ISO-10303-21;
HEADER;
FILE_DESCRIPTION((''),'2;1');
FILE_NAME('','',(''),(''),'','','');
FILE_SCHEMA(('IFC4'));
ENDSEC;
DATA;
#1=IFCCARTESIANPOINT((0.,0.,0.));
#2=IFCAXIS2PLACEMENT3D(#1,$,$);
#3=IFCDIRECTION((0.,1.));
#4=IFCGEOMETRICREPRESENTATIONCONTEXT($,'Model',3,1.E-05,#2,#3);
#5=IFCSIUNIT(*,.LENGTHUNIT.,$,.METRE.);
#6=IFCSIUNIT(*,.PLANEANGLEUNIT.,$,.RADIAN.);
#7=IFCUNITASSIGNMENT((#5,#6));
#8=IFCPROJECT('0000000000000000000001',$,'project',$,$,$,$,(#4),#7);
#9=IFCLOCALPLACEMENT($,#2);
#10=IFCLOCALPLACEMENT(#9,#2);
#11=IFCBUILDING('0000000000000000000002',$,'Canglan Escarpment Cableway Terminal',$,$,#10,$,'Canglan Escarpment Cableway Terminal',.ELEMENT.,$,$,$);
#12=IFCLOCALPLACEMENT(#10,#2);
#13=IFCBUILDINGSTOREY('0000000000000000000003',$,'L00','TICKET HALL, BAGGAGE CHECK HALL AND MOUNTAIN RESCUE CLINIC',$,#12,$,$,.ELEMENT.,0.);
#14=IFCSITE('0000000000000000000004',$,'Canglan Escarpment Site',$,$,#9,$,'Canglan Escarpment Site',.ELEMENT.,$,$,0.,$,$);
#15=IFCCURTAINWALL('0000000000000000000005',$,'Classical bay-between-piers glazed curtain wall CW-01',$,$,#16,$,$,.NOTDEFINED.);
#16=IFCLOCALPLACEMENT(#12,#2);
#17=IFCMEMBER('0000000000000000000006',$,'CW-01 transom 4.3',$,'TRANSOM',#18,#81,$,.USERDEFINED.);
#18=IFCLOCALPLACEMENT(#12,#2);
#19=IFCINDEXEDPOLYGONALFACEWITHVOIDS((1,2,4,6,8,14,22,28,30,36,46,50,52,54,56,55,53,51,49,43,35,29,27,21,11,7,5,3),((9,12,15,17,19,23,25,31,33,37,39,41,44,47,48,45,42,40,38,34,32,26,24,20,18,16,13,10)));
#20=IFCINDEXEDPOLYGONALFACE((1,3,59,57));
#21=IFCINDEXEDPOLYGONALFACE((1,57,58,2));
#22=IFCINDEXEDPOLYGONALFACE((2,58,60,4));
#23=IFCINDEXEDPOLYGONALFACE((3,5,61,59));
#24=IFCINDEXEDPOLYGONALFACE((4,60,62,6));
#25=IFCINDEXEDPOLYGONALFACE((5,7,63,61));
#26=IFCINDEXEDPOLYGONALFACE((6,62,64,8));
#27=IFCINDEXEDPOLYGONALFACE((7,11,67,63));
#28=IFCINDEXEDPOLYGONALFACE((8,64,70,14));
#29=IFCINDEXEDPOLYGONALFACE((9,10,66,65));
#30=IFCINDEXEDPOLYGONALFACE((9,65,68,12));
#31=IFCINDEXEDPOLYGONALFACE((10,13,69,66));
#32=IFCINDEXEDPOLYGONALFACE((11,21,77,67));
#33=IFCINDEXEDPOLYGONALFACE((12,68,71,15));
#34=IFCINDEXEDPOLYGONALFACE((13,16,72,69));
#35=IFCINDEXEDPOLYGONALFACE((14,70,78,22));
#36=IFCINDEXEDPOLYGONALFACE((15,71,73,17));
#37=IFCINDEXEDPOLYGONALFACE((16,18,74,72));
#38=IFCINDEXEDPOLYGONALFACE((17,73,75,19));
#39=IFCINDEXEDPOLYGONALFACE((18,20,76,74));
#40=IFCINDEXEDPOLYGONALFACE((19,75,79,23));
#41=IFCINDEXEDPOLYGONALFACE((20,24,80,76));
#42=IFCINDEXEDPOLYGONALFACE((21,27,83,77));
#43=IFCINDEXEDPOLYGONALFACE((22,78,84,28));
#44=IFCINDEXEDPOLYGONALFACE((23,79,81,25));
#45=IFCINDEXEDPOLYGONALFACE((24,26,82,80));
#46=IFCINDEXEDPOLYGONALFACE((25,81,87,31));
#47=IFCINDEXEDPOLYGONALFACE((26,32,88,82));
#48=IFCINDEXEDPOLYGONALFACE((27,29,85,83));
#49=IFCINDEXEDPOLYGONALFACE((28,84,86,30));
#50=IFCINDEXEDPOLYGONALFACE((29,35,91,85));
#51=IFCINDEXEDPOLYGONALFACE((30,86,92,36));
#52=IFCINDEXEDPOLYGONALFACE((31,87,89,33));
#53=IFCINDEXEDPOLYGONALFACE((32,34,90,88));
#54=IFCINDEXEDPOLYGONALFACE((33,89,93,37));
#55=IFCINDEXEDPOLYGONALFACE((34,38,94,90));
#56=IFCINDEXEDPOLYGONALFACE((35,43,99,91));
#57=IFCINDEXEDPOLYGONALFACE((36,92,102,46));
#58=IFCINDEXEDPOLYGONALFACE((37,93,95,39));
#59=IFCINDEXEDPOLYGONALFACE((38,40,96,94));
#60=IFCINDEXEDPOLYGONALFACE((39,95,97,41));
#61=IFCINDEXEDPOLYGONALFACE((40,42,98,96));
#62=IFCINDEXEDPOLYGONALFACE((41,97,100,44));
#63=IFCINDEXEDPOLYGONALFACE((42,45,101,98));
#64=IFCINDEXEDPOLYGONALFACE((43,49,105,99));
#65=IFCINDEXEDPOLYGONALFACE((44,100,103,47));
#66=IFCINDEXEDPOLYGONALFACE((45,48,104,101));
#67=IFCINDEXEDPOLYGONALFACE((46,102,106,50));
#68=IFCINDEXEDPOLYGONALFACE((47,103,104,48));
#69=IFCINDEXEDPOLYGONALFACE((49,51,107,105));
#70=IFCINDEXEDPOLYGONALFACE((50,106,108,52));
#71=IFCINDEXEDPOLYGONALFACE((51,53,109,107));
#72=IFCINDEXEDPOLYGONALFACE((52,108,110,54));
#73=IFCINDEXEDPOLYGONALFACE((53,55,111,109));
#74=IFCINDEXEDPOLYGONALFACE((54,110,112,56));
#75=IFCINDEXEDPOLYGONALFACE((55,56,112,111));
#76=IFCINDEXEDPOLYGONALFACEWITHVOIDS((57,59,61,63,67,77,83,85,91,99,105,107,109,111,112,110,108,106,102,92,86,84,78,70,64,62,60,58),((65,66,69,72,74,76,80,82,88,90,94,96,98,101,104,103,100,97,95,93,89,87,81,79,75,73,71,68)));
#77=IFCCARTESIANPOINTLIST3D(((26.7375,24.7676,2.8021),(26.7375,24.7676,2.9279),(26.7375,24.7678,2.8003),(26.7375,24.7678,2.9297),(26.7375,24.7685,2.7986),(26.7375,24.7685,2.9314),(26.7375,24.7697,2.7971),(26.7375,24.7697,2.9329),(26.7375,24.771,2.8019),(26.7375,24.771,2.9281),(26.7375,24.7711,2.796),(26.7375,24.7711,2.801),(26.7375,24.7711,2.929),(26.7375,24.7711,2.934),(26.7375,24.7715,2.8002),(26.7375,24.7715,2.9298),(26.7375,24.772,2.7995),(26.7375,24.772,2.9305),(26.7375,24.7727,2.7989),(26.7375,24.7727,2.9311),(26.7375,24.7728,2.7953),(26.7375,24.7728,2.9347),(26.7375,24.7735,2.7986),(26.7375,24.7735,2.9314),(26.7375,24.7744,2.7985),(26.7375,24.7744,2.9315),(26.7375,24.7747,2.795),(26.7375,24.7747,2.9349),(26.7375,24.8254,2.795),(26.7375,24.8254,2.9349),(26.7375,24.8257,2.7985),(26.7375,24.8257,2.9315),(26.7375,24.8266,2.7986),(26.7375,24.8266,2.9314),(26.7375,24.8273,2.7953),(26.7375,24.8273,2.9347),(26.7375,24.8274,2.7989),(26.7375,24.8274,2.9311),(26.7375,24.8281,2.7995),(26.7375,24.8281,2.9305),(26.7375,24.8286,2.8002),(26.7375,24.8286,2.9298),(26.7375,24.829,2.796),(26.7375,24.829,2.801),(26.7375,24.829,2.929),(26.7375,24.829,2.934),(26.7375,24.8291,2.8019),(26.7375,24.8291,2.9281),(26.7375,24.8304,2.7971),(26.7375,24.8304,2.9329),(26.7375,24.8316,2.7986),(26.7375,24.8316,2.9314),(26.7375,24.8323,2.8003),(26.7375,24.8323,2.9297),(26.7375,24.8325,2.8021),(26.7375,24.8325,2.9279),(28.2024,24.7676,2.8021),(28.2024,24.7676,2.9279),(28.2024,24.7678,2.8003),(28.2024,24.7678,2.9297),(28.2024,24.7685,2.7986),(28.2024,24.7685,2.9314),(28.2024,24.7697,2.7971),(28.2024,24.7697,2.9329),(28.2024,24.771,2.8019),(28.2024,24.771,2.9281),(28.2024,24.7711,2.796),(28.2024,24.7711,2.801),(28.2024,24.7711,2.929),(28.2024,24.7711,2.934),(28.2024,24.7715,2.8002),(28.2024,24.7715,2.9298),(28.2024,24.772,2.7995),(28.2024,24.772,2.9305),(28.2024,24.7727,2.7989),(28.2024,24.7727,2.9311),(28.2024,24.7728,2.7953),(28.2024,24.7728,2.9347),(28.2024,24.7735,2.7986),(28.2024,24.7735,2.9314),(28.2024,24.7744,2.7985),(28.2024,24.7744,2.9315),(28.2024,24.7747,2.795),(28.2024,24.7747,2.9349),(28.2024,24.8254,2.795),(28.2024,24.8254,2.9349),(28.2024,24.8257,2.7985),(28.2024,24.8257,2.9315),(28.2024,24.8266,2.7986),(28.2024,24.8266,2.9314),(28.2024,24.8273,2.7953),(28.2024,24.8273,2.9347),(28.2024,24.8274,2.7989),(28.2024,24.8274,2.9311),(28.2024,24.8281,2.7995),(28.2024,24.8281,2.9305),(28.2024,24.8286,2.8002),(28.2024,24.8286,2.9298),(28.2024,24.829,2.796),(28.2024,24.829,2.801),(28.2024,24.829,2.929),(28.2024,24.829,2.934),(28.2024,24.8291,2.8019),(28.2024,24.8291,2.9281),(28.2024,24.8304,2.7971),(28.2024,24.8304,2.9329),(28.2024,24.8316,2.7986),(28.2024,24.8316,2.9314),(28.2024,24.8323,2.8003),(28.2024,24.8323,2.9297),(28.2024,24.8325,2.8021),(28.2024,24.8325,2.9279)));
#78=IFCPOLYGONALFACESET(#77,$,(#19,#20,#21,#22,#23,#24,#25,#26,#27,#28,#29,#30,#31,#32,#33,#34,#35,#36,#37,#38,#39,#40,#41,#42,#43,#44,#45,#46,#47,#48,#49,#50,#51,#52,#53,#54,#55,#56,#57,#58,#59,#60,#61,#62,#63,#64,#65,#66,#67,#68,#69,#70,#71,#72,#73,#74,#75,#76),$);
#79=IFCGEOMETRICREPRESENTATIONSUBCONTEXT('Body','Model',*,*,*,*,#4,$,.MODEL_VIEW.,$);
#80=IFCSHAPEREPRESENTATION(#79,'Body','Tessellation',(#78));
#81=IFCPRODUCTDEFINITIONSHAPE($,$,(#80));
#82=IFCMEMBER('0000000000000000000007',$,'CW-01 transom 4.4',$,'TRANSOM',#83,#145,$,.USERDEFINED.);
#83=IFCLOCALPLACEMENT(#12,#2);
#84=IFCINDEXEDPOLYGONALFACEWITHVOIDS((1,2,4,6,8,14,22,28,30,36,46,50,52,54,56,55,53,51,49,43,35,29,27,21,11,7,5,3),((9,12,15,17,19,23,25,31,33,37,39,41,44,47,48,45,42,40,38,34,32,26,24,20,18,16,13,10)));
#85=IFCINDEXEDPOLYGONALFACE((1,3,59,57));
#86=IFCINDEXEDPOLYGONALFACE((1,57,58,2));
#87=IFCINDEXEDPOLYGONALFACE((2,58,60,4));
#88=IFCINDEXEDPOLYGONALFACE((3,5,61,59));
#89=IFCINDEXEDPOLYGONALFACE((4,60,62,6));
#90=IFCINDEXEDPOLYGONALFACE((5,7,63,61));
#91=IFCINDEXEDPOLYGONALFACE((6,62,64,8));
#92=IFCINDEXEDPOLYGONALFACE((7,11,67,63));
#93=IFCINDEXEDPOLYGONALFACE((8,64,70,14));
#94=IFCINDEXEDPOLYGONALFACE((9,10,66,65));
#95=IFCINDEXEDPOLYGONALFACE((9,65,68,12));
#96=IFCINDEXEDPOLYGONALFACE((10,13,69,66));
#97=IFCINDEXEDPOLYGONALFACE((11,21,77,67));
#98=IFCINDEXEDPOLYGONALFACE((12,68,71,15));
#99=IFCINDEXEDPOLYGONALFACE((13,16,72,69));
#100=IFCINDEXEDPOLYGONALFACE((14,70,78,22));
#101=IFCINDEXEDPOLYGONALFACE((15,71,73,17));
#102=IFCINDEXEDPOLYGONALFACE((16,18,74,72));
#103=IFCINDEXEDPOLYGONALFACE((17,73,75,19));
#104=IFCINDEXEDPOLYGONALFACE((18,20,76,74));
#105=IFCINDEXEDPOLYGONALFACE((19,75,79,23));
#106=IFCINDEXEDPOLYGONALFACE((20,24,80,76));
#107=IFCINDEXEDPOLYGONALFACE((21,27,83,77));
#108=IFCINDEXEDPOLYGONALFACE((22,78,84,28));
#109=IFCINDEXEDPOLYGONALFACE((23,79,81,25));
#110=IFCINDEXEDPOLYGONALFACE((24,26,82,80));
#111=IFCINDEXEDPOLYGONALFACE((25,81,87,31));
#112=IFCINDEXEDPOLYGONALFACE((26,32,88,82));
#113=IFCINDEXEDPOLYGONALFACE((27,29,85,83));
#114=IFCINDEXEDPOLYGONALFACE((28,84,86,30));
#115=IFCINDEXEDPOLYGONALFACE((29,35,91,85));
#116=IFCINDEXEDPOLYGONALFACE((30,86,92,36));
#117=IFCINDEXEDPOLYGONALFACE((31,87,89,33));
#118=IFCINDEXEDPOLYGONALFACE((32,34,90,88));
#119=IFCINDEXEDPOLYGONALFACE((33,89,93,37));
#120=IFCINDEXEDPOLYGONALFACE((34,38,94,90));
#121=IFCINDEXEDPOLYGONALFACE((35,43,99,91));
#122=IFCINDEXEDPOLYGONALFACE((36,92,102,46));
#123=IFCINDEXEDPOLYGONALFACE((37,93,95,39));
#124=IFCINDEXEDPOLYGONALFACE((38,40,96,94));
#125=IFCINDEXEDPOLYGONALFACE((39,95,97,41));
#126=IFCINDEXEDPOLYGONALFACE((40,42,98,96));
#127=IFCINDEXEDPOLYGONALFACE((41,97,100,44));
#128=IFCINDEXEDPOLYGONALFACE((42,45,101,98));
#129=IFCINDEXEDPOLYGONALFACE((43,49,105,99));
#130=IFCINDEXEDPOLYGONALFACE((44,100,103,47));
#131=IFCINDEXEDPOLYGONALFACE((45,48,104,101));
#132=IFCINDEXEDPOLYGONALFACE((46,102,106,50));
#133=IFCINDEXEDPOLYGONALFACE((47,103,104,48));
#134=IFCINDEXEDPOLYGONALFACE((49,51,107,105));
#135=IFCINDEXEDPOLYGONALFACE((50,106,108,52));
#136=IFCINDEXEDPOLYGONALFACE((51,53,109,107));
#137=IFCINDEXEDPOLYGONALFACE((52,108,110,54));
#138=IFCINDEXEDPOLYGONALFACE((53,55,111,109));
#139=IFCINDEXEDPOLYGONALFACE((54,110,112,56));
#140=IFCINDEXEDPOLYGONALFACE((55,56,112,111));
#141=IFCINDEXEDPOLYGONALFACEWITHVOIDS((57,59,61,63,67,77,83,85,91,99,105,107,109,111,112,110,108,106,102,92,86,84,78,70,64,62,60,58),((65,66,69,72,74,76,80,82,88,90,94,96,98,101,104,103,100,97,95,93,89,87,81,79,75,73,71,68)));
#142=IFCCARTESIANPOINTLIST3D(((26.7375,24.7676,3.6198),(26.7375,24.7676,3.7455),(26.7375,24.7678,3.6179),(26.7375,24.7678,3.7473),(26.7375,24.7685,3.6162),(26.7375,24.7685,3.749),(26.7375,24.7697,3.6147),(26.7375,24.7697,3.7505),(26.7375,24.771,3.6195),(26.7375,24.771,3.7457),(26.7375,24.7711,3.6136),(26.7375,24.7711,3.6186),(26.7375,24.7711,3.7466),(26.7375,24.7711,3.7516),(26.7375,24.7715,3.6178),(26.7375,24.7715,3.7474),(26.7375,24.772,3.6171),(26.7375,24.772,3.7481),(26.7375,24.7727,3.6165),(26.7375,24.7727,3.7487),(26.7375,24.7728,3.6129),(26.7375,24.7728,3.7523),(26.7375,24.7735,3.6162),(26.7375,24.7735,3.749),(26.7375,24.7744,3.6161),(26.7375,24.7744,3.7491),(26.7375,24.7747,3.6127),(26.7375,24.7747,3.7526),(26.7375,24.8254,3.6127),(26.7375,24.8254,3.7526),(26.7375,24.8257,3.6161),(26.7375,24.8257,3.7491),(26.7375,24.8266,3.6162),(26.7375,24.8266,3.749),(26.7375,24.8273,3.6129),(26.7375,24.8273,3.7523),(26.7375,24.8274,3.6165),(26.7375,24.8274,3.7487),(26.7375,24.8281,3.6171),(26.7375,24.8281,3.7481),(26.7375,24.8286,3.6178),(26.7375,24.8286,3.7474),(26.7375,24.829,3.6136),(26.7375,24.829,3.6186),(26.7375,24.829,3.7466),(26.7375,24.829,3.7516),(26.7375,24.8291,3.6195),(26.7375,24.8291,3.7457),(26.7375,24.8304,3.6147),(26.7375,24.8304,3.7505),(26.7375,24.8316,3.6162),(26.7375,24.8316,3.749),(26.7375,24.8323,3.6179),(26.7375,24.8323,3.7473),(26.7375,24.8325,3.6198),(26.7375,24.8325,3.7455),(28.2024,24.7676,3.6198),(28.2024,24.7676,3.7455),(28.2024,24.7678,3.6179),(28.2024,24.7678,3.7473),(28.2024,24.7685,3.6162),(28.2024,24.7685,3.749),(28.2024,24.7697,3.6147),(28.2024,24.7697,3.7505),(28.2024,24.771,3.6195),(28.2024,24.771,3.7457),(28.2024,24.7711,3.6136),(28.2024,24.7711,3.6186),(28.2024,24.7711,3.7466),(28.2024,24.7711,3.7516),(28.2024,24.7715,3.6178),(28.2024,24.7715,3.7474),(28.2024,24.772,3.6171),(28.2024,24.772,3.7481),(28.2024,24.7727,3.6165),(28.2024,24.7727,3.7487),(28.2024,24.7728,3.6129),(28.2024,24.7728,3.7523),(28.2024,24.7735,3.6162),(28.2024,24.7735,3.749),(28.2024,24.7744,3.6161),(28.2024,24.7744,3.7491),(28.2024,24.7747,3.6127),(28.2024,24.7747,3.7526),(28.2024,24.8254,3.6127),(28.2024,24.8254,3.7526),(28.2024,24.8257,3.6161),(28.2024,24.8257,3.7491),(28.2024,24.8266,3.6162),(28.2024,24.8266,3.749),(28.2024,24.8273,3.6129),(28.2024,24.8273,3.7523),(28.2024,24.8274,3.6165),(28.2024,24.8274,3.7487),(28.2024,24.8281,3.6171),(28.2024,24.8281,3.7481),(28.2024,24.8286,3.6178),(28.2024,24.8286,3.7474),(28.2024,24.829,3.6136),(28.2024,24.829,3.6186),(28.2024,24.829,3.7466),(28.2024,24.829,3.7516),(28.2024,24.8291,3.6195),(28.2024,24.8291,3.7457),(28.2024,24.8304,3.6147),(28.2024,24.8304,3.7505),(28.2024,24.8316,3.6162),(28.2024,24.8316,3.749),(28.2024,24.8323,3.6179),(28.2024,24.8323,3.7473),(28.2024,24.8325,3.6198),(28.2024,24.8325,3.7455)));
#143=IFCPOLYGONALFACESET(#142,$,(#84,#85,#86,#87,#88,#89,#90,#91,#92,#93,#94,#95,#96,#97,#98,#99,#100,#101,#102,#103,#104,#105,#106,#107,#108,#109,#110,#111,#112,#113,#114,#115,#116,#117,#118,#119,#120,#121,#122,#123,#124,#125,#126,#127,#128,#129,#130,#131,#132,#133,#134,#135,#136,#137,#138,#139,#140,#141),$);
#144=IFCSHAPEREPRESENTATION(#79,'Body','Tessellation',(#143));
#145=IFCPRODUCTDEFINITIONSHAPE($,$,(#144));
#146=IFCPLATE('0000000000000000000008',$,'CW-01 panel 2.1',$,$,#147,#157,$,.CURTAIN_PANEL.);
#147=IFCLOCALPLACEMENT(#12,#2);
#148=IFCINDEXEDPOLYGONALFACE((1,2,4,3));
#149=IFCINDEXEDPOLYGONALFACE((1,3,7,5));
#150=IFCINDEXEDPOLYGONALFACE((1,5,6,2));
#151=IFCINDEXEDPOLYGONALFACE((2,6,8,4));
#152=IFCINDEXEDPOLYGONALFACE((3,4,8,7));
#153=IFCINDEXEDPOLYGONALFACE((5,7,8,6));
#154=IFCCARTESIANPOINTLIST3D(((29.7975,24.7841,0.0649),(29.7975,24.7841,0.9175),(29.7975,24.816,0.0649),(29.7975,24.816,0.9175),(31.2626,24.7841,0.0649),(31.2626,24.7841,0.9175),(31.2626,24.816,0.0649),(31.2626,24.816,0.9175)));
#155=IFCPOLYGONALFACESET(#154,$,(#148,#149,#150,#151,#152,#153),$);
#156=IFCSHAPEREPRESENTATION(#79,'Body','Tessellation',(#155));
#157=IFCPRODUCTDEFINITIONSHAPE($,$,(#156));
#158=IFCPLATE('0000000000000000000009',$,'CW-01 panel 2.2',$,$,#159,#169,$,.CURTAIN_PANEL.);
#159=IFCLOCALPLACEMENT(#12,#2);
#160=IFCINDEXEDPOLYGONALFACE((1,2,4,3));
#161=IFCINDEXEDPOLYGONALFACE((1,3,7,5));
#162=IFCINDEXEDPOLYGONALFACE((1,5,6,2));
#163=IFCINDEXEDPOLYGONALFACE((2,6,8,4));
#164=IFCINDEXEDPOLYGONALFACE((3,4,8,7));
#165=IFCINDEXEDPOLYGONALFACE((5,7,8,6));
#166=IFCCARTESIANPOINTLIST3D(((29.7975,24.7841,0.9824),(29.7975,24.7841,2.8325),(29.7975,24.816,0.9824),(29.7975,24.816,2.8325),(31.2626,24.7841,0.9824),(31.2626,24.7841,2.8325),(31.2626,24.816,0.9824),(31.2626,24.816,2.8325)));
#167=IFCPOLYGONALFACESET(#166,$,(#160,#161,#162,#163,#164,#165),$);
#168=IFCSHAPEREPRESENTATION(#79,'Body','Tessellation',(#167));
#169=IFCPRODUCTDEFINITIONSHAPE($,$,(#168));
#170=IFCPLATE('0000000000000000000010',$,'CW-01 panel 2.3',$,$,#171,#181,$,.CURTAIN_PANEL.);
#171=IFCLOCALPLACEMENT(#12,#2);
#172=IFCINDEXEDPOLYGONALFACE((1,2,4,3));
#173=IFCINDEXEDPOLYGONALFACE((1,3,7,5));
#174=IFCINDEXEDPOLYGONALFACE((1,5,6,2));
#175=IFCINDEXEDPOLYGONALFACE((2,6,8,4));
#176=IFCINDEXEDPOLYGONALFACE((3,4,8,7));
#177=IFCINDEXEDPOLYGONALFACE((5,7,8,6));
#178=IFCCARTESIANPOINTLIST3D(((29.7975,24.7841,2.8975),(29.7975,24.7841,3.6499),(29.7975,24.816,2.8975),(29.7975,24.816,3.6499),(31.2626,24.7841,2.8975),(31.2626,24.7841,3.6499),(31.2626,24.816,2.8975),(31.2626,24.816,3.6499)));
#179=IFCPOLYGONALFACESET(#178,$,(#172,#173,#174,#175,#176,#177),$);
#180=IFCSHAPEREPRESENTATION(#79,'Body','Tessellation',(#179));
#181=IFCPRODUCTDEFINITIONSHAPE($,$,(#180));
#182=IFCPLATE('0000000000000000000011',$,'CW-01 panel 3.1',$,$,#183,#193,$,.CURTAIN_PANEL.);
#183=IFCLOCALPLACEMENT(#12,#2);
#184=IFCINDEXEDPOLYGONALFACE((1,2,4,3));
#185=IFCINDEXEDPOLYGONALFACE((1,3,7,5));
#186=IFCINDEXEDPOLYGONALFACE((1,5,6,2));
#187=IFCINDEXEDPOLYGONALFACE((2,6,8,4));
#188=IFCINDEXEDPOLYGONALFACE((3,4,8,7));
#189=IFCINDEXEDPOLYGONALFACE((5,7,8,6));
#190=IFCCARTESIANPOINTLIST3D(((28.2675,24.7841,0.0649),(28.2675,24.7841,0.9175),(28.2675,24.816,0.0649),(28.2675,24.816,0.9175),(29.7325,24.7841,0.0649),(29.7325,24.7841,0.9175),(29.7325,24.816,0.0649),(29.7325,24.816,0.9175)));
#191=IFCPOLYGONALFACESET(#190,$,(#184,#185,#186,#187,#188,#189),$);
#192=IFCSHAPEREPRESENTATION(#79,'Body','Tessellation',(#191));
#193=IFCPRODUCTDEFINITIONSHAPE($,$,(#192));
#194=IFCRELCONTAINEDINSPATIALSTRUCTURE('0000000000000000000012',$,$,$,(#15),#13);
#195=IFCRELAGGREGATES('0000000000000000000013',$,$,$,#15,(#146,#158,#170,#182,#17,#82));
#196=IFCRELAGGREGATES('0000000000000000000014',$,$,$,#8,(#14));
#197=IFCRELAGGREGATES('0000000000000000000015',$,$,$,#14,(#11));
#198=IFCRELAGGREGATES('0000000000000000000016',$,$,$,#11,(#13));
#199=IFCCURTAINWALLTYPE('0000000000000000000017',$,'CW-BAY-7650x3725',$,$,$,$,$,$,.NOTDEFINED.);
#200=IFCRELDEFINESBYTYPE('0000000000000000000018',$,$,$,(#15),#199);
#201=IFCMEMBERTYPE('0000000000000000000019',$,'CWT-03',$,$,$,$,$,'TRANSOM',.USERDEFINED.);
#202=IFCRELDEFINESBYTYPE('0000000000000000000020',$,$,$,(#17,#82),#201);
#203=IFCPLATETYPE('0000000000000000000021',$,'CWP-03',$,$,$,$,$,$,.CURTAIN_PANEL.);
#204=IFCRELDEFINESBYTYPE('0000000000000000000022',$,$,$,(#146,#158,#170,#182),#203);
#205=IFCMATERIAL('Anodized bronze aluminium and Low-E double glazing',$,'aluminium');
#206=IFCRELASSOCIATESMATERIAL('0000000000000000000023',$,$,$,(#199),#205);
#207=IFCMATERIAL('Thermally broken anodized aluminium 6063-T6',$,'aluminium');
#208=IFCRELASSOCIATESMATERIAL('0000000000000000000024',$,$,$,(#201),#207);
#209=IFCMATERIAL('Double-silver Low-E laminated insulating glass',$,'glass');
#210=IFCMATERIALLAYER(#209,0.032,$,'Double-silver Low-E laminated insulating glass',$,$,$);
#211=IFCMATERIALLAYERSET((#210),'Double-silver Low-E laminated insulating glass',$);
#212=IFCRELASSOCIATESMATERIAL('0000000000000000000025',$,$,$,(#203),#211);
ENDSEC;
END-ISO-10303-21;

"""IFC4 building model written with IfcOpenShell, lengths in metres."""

from ifc_helpers import new_model, si_unit, direction, frame, origin, origin_2d, place, context, subcontext, project, spatial, rectangle, hollow_rectangle, extrude, material, layer, layer_set, material_profile, profile_set, type_object, element, aggregate, save


model = new_model("IFC4")

# Units and contexts
model_context = context("Model", 3, precision=1e-05, world=origin(), true_north=direction((0.0, 1.0)))
body_context = subcontext(model_context, "Body", "Model", "MODEL_VIEW")
ifc_project = project(units=[si_unit("LENGTHUNIT", "METRE"), si_unit("PLANEANGLEUNIT", "RADIAN")], contexts=[model_context])

# Site, building, storey
site_placement = place(None, origin())
site = spatial("IfcSite", under=ifc_project, at=site_placement, Name="Canglan Escarpment Site", LongName="Canglan Escarpment Site", CompositionType="ELEMENT", RefElevation=0.0)
building_placement = place(site_placement, origin())
building = spatial("IfcBuilding", under=site, at=building_placement, Name="Canglan Escarpment Cableway Terminal", LongName="Canglan Escarpment Cableway Terminal", CompositionType="ELEMENT")
storey_placement = place(building_placement, origin())
storey = spatial("IfcBuildingStorey", under=building, at=storey_placement, Name="L00", Description="TICKET HALL, BAGGAGE CHECK HALL AND MOUNTAIN RESCUE CLINIC", CompositionType="ELEMENT", Elevation=0.0)

# Curtain wall, members, plates
ifc_material_1 = material(Name="Anodized bronze aluminium and Low-E double glazing", Category="aluminium")
curtain_wall_type = type_object("IfcCurtainWallType", Name="CW-BAY-7650x3725", PredefinedType="NOTDEFINED", material=ifc_material_1)
curtain_wall_placement = place(storey_placement, origin())
curtain_wall = element("IfcCurtainWall", 1, at=curtain_wall_placement, inside=storey, type_object=curtain_wall_type, Name="Classical bay-between-piers glazed curtain wall CW-01", PredefinedType="NOTDEFINED")
ifc_material_2 = material(Name="Thermally broken anodized aluminium 6063-T6", Category="aluminium")
ifc_material_profile_1 = material_profile(ifc_material_2, hollow_rectangle(XDim=0.0649, YDim=0.1399, WallThickness=0.0034, InnerFilletRadius=0.0034, OuterFilletRadius=0.0071, at=origin_2d()), Name="ALU-TRAN 65x140x3.5")
ifc_profile_set_1 = profile_set([ifc_material_profile_1], Name="Thermally broken anodized aluminium 6063-T6")
member_type_1 = type_object("IfcMemberType", Name="CWT-03", ElementType="TRANSOM", PredefinedType="USERDEFINED", material=ifc_profile_set_1)
member_1_placement = place(storey_placement, frame((28.2024, 24.8, 2.865), z_axis=(-1.0, 0.0, 0.0), x_axis=(0.0, -1.0, 0.0)))
member_1 = element("IfcMember", 2, at=member_1_placement, type_object=member_type_1, Name="CW-01 transom 4.3", ObjectType="TRANSOM", PredefinedType="USERDEFINED", context=body_context, shape_type="SweptSolid", body=[
    extrude(hollow_rectangle(XDim=0.0649, YDim=0.1399, WallThickness=0.0034, InnerFilletRadius=0.0034, OuterFilletRadius=0.0071, at=origin_2d()), origin(), (0.0, 0.0, 1.0), 1.4648),
])
member_2_placement = place(storey_placement, frame((28.2024, 24.8, 3.6826), z_axis=(-1.0, 0.0, 0.0), x_axis=(0.0, -1.0, 0.0)))
member_2 = element("IfcMember", 3, at=member_2_placement, type_object=member_type_1, Name="CW-01 transom 4.4", ObjectType="TRANSOM", PredefinedType="USERDEFINED", context=body_context, shape_type="SweptSolid", body=[
    extrude(hollow_rectangle(XDim=0.0649, YDim=0.1399, WallThickness=0.0034, InnerFilletRadius=0.0034, OuterFilletRadius=0.0071, at=origin_2d()), origin(), (0.0, 0.0, 1.0), 1.4648),
])
ifc_material_3 = material(Name="Double-silver Low-E laminated insulating glass", Category="glass")
ifc_layer = layer(ifc_material_3, 0.032, Name="Double-silver Low-E laminated insulating glass")
ifc_layer_set = layer_set([ifc_layer], Name="Double-silver Low-E laminated insulating glass")
plate_type = type_object("IfcPlateType", Name="CWP-03", PredefinedType="CURTAIN_PANEL", material=ifc_layer_set)
plate_1_placement = place(storey_placement, frame((30.53, 24.8, 0.0649), z_axis=(0.0, 0.0, 1.0), x_axis=(-1.0, 0.0, 0.0)))
plate_1 = element("IfcPlate", 4, at=plate_1_placement, type_object=plate_type, Name="CW-01 panel 2.1", PredefinedType="CURTAIN_PANEL", context=body_context, shape_type="SweptSolid", body=[
    extrude(rectangle(XDim=1.4651, YDim=0.032, at=origin_2d()), origin(), (0.0, 0.0, 1.0), 0.8525),
])
plate_2_placement = place(storey_placement, frame((30.53, 24.8, 0.9824), z_axis=(0.0, 0.0, 1.0), x_axis=(-1.0, 0.0, 0.0)))
plate_2 = element("IfcPlate", 5, at=plate_2_placement, type_object=plate_type, Name="CW-01 panel 2.2", PredefinedType="CURTAIN_PANEL", context=body_context, shape_type="SweptSolid", body=[
    extrude(rectangle(XDim=1.4651, YDim=0.032, at=origin_2d()), origin(), (0.0, 0.0, 1.0), 1.8501),
])
plate_3_placement = place(storey_placement, frame((30.53, 24.8, 2.8975), z_axis=(0.0, 0.0, 1.0), x_axis=(-1.0, 0.0, 0.0)))
plate_3 = element("IfcPlate", 6, at=plate_3_placement, type_object=plate_type, Name="CW-01 panel 2.3", PredefinedType="CURTAIN_PANEL", context=body_context, shape_type="SweptSolid", body=[
    extrude(rectangle(XDim=1.4651, YDim=0.032, at=origin_2d()), origin(), (0.0, 0.0, 1.0), 0.7524),
])
plate_4_placement = place(storey_placement, frame((29.0, 24.8, 0.0649), z_axis=(0.0, 0.0, 1.0), x_axis=(-1.0, 0.0, 0.0)))
plate_4 = element("IfcPlate", 7, at=plate_4_placement, type_object=plate_type, Name="CW-01 panel 3.1", PredefinedType="CURTAIN_PANEL", context=body_context, shape_type="SweptSolid", body=[
    extrude(rectangle(XDim=1.4651, YDim=0.032, at=origin_2d()), origin(), (0.0, 0.0, 1.0), 0.8525),
])
aggregate(curtain_wall, [plate_1, plate_2, plate_3, plate_4, member_1, member_2])

save(model, "model.ifc")
